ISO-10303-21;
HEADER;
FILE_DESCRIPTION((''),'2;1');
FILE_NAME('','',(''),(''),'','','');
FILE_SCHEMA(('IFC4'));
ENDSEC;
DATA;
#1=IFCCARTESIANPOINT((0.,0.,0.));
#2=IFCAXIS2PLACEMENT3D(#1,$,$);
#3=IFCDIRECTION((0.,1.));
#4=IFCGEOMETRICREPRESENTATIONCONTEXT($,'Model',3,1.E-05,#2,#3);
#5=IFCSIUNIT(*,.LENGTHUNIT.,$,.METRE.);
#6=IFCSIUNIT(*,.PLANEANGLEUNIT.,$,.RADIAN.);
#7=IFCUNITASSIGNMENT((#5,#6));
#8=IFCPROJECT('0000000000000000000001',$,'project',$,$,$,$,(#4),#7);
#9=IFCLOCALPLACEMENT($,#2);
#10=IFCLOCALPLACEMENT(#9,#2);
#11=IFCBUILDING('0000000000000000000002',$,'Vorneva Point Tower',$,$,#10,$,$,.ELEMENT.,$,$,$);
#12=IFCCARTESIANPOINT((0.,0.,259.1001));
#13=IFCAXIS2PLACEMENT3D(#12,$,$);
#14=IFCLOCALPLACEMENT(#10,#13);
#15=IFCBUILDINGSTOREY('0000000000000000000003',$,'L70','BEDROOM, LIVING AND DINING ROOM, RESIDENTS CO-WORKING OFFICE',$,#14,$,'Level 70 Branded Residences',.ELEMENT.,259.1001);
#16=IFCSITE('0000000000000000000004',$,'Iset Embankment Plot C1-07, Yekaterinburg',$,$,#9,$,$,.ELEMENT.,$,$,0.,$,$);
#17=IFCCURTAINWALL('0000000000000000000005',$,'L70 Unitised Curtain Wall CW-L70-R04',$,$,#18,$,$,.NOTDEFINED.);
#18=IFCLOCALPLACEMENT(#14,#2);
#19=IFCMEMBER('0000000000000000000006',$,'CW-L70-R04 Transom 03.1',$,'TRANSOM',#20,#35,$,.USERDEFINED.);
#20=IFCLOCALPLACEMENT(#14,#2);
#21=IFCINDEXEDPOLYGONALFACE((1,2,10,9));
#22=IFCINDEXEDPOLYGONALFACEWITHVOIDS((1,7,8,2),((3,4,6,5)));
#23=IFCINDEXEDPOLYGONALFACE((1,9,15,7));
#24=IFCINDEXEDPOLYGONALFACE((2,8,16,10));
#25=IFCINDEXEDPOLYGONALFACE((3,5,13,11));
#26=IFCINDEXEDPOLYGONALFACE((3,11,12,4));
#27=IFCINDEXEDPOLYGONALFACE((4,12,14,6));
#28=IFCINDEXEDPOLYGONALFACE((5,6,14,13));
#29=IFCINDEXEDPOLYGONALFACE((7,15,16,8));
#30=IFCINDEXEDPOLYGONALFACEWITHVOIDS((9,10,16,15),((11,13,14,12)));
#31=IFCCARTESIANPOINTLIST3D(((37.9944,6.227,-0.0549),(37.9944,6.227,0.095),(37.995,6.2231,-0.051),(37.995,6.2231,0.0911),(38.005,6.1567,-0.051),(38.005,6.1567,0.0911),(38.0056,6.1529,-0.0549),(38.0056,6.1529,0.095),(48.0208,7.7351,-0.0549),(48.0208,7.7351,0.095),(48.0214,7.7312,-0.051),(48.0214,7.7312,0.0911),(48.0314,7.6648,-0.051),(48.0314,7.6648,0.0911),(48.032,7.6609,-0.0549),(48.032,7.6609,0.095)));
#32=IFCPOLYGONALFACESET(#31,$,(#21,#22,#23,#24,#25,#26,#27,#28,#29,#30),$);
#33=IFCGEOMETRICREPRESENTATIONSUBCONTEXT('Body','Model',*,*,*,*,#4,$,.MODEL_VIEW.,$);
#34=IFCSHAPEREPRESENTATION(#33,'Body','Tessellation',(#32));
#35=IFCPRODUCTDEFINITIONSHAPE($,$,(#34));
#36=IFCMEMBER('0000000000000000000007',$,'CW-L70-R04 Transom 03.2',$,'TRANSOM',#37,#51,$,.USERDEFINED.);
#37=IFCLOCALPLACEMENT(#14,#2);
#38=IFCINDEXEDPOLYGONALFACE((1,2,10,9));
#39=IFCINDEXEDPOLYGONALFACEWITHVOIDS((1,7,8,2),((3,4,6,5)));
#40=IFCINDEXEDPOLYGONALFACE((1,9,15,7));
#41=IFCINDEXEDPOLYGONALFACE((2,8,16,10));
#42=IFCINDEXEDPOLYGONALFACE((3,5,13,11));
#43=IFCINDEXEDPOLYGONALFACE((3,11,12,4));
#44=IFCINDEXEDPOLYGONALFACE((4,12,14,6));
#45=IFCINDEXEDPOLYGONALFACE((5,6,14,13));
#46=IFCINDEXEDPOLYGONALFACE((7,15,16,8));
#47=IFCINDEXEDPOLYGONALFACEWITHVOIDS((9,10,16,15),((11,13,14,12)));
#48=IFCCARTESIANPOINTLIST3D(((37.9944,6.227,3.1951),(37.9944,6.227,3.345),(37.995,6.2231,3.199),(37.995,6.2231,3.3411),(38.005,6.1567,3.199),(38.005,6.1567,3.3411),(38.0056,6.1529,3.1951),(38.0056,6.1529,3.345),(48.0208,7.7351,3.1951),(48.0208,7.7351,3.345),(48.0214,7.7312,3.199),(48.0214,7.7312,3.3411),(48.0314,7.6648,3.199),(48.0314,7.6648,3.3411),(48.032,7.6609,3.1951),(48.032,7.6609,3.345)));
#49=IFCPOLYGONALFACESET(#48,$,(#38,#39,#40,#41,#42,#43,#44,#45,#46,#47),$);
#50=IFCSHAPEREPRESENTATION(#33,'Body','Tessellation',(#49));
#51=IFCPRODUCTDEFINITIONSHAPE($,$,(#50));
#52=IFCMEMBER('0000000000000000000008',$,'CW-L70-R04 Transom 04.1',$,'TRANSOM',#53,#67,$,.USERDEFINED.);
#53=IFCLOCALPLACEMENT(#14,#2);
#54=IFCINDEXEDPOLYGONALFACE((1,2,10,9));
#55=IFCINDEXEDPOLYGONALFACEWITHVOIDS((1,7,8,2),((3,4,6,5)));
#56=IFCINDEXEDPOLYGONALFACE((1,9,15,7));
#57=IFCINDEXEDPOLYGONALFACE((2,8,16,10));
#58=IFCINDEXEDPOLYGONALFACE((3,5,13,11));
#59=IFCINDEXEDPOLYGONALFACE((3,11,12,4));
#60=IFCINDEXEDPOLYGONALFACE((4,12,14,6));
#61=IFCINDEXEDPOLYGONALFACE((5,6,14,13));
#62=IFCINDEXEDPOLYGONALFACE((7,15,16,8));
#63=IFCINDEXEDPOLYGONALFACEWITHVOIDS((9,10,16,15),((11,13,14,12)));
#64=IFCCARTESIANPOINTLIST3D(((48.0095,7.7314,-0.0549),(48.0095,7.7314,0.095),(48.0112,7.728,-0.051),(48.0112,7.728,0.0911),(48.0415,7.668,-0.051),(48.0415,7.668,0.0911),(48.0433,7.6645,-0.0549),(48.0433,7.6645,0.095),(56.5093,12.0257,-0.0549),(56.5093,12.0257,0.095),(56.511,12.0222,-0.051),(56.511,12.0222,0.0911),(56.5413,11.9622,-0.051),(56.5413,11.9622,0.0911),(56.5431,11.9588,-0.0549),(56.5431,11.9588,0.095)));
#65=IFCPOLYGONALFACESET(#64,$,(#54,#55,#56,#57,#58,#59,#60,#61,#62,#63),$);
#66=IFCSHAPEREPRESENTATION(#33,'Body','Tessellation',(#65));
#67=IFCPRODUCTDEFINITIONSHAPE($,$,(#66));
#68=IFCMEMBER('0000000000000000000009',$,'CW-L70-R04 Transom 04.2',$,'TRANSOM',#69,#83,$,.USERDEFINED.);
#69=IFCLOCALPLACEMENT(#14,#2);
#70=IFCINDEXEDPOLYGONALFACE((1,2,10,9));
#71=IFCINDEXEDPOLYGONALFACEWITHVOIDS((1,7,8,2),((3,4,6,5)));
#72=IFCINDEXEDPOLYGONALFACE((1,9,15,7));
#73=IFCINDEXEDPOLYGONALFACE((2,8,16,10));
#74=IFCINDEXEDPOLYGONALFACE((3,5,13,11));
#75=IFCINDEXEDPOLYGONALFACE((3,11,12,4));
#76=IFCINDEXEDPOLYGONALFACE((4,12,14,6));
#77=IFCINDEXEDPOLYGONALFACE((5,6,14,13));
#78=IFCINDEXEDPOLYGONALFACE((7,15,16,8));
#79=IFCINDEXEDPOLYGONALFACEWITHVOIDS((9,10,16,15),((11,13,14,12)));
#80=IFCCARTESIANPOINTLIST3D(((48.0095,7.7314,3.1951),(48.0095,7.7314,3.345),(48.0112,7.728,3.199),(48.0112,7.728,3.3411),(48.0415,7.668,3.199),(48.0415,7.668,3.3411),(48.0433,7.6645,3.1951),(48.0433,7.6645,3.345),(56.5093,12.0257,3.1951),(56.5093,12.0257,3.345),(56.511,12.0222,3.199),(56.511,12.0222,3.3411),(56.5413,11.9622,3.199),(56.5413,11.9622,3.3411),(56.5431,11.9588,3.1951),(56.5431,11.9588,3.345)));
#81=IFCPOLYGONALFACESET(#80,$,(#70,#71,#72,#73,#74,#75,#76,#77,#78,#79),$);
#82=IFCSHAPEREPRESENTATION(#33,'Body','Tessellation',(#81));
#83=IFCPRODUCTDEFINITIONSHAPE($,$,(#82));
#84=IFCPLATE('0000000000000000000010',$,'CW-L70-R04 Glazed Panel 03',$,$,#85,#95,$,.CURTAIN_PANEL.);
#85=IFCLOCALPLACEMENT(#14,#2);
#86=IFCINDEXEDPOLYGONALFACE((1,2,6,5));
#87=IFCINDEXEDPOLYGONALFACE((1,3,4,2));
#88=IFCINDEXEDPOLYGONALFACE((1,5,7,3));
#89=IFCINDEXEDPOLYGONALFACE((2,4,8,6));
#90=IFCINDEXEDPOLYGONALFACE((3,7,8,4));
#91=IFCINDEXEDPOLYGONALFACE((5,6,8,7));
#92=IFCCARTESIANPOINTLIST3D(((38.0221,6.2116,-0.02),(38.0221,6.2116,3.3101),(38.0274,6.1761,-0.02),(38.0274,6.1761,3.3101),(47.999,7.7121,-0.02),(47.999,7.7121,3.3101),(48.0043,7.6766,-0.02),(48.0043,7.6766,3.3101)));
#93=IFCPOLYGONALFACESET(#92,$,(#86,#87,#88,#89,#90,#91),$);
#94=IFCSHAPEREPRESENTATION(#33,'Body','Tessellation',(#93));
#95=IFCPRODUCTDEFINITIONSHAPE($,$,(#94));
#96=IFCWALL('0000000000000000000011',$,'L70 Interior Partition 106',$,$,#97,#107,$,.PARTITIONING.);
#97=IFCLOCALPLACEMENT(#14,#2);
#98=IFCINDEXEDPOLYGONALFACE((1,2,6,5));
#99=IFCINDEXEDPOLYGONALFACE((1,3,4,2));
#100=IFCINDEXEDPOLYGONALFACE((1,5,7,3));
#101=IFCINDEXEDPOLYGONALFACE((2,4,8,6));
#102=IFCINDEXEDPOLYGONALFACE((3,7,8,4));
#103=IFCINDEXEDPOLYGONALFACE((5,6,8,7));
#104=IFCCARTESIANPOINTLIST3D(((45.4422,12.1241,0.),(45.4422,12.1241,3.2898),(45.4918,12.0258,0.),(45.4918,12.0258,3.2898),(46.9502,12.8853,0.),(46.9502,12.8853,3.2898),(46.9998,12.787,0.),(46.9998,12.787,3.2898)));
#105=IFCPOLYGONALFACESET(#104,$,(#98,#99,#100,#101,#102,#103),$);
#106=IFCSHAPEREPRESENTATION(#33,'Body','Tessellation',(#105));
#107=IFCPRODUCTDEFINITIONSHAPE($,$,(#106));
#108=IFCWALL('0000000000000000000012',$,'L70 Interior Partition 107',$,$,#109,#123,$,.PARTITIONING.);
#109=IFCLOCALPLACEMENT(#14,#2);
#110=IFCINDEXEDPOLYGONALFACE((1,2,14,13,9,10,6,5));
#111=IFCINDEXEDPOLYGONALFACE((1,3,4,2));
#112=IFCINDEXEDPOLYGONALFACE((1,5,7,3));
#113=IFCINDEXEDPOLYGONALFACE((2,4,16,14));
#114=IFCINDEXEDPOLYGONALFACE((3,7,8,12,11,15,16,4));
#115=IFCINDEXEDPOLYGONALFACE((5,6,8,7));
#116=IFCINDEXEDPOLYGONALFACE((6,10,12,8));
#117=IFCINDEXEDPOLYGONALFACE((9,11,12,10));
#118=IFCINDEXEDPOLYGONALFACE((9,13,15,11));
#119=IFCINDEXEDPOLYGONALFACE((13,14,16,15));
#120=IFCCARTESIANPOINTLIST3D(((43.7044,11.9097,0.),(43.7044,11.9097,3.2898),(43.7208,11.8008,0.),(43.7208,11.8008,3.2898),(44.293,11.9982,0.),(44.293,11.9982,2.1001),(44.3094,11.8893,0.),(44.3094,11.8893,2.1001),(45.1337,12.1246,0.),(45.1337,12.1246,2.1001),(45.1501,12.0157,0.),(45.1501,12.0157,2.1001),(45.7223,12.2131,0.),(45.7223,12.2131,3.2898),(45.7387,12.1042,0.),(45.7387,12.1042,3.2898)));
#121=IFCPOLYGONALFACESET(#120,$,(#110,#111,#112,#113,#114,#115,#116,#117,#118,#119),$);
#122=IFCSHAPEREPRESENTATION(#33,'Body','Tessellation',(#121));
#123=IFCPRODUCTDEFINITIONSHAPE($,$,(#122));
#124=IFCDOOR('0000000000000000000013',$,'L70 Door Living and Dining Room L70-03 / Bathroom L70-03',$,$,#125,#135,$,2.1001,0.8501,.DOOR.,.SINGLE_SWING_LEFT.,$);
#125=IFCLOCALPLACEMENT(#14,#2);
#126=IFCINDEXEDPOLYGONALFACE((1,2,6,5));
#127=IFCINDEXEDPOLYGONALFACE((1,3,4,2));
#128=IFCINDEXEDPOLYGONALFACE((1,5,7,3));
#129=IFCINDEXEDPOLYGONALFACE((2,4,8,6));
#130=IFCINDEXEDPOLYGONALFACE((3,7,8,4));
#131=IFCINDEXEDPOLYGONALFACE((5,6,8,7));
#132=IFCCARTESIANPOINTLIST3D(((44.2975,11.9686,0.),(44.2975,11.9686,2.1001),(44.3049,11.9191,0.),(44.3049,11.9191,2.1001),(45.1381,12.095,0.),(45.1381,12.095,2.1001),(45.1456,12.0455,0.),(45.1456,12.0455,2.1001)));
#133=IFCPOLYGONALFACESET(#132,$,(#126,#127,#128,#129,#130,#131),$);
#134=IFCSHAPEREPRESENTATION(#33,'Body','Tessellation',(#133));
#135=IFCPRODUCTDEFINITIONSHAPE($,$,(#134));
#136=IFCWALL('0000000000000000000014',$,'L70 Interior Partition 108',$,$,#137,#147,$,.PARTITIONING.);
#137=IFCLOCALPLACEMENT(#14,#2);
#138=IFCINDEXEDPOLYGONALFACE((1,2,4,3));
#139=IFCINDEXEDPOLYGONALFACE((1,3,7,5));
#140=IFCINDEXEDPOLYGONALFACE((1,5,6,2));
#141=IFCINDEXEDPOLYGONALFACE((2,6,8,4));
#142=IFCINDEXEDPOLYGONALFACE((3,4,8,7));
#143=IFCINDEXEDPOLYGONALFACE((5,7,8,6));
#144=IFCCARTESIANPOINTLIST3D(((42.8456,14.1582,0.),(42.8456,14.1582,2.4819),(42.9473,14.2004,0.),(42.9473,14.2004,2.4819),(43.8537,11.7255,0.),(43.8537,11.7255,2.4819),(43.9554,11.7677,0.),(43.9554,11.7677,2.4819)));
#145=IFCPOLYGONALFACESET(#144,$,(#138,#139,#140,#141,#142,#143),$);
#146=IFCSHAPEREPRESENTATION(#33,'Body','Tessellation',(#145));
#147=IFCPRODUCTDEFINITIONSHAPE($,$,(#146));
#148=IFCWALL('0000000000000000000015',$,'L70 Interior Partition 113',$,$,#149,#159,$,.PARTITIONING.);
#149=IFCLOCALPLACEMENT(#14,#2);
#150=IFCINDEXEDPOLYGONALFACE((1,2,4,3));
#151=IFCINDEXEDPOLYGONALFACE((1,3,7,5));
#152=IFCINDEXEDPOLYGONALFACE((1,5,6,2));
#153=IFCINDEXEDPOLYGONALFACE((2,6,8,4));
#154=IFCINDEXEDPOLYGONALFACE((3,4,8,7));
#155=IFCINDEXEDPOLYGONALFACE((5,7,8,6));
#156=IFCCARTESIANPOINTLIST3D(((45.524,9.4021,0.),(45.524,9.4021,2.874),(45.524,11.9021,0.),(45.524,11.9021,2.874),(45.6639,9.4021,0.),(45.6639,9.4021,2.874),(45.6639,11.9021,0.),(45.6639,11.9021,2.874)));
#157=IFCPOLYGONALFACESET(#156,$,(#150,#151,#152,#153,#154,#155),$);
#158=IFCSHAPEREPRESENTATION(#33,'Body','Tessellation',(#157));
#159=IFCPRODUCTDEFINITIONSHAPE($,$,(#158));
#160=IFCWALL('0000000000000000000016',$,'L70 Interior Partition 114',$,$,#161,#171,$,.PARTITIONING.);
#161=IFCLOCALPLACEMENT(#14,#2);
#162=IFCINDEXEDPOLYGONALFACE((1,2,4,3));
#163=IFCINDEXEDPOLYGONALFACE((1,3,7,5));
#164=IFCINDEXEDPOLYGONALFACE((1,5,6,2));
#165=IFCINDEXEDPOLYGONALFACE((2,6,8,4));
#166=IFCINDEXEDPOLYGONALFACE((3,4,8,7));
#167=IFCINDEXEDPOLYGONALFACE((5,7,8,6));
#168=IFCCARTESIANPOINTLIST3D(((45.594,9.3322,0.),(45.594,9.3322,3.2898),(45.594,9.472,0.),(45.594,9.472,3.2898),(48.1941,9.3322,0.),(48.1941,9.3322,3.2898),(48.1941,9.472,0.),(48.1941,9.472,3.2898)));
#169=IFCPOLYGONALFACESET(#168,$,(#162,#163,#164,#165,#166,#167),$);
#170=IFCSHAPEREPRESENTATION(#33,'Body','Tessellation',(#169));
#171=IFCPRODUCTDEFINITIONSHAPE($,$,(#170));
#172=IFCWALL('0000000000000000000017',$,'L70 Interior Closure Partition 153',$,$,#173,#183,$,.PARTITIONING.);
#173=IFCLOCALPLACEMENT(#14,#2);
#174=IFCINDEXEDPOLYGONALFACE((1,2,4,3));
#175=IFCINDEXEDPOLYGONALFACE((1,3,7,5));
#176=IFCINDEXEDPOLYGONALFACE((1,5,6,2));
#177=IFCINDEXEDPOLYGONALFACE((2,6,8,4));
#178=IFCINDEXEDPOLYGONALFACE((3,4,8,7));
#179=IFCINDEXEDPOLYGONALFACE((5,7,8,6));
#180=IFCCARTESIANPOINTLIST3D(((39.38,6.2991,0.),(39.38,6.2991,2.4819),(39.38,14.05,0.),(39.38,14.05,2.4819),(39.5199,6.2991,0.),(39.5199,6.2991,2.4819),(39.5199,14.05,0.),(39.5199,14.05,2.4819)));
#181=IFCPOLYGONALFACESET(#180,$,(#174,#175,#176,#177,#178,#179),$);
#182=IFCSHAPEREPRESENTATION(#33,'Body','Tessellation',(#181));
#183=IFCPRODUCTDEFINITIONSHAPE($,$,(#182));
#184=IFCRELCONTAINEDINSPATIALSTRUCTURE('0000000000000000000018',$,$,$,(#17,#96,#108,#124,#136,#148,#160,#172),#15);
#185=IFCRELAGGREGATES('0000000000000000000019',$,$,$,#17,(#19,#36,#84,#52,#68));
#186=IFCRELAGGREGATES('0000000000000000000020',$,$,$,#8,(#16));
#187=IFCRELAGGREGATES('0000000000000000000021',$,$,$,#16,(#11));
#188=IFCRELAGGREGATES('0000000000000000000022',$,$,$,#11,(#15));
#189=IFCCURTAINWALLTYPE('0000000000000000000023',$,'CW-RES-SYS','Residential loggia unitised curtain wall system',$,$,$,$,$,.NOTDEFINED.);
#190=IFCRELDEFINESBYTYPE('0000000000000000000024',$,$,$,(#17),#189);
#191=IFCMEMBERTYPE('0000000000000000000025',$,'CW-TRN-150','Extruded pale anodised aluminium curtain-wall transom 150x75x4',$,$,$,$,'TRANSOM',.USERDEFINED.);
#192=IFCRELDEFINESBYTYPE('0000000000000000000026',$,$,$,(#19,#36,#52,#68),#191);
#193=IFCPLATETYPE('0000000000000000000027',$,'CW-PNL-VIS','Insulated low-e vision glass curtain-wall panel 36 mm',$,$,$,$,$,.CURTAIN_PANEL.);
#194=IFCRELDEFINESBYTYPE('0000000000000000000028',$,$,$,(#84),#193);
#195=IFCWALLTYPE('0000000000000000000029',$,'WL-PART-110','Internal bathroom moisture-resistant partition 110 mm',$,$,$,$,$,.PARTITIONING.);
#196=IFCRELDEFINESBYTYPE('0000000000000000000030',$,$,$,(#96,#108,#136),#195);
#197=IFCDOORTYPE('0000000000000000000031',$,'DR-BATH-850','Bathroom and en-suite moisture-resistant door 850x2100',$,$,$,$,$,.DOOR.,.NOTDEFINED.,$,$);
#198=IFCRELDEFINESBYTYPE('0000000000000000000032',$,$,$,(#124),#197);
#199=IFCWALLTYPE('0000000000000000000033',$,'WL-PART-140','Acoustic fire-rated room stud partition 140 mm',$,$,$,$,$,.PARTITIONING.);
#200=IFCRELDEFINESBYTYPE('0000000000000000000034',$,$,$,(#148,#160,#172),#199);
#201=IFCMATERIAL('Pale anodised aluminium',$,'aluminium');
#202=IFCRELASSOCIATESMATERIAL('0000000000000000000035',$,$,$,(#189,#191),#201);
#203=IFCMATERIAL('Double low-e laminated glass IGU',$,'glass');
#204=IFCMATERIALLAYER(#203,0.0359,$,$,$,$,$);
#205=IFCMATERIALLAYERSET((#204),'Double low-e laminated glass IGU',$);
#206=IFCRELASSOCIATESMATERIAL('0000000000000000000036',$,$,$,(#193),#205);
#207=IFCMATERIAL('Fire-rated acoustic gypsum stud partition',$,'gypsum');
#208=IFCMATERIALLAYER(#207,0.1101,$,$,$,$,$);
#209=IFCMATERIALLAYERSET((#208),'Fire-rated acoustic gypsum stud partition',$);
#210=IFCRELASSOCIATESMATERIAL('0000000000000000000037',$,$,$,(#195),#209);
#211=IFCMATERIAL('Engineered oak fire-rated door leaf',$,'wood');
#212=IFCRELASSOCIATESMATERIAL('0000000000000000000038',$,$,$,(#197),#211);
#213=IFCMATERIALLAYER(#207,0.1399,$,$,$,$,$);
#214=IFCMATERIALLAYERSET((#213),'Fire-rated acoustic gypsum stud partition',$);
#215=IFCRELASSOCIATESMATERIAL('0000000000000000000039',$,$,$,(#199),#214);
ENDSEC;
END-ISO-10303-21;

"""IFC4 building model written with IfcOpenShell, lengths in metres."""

from ifc_helpers import new_model, si_unit, direction, frame, frame_2d, origin, origin_2d, place, context, subcontext, project, spatial, rectangle, hollow_rectangle, extrude, material, layer, layer_set, material_profile, profile_set, type_object, element, fill, aggregate, save


model = new_model("IFC4")

# Units and contexts
model_context = context("Model", 3, precision=1e-05, world=origin(), true_north=direction((0.0, 1.0)))
body_context = subcontext(model_context, "Body", "Model", "MODEL_VIEW")
ifc_project = project(units=[si_unit("LENGTHUNIT", "METRE"), si_unit("PLANEANGLEUNIT", "RADIAN")], contexts=[model_context])

# Site, building, storey
site_placement = place(None, origin())
site = spatial("IfcSite", under=ifc_project, at=site_placement, Name="Iset Embankment Plot C1-07, Yekaterinburg", CompositionType="ELEMENT", RefElevation=0.0)
building_placement = place(site_placement, origin())
building = spatial("IfcBuilding", under=site, at=building_placement, Name="Vorneva Point Tower", CompositionType="ELEMENT")
storey_placement = place(building_placement, frame((0.0, 0.0, 259.1001)))
storey = spatial("IfcBuildingStorey", under=building, at=storey_placement, Name="L70", Description="BEDROOM, LIVING AND DINING ROOM, RESIDENTS CO-WORKING OFFICE", LongName="Level 70 Branded Residences", CompositionType="ELEMENT", Elevation=259.1001)

# Curtain wall, members, plate
ifc_material_1 = material(Name="Pale anodised aluminium", Category="aluminium")
curtain_wall_type = type_object("IfcCurtainWallType", Name="CW-RES-SYS", Description="Residential loggia unitised curtain wall system", PredefinedType="NOTDEFINED", material=ifc_material_1)
curtain_wall_placement = place(storey_placement, origin())
curtain_wall = element("IfcCurtainWall", 1, at=curtain_wall_placement, inside=storey, type_object=curtain_wall_type, Name="L70 Unitised Curtain Wall CW-L70-R04", PredefinedType="NOTDEFINED")
ifc_material_profile_1 = material_profile(ifc_material_1, hollow_rectangle(XDim=0.075, YDim=0.1499, WallThickness=0.0039, at=origin_2d()), Name="AL-TRN 150x75x4")
ifc_profile_set_1 = profile_set([ifc_material_profile_1], Name="Pale anodised aluminium")
member_type_1 = type_object("IfcMemberType", Name="CW-TRN-150", Description="Extruded pale anodised aluminium curtain-wall transom 150x75x4", ElementType="TRANSOM", PredefinedType="USERDEFINED", material=ifc_profile_set_1)
member_1_placement = place(storey_placement, frame((38.0, 6.1899, 0.02), z_axis=(0.988877, 0.148736, 0.0), x_axis=(-0.148736, 0.988877, 0.0)))
member_1 = element("IfcMember", 2, at=member_1_placement, type_object=member_type_1, Name="CW-L70-R04 Transom 03.1", ObjectType="TRANSOM", PredefinedType="USERDEFINED", context=body_context, shape_type="SweptSolid", body=[
    extrude(hollow_rectangle(XDim=0.075, YDim=0.1499, WallThickness=0.0039, at=origin_2d()), origin(), (0.0, 0.0, 1.0), 10.1392),
])
member_2_placement = place(storey_placement, frame((38.0, 6.1899, 3.27), z_axis=(0.988877, 0.148736, 0.0), x_axis=(-0.148736, 0.988877, 0.0)))
member_2 = element("IfcMember", 3, at=member_2_placement, type_object=member_type_1, Name="CW-L70-R04 Transom 03.2", ObjectType="TRANSOM", PredefinedType="USERDEFINED", context=body_context, shape_type="SweptSolid", body=[
    extrude(hollow_rectangle(XDim=0.075, YDim=0.1499, WallThickness=0.0039, at=origin_2d()), origin(), (0.0, 0.0, 1.0), 10.1392),
])
member_3_placement = place(storey_placement, frame((48.0264, 7.698, 0.02), z_axis=(0.892558, 0.450932, 0.0), x_axis=(-0.450932, 0.892558, 0.0)))
member_3 = element("IfcMember", 4, at=member_3_placement, type_object=member_type_1, Name="CW-L70-R04 Transom 04.1", ObjectType="TRANSOM", PredefinedType="USERDEFINED", context=body_context, shape_type="SweptSolid", body=[
    extrude(hollow_rectangle(XDim=0.075, YDim=0.1499, WallThickness=0.0039, at=origin_2d()), origin(), (0.0, 0.0, 1.0), 9.5229),
])
member_4_placement = place(storey_placement, frame((48.0264, 7.698, 3.27), z_axis=(0.892558, 0.450932, 0.0), x_axis=(-0.450932, 0.892558, 0.0)))
member_4 = element("IfcMember", 5, at=member_4_placement, type_object=member_type_1, Name="CW-L70-R04 Transom 04.2", ObjectType="TRANSOM", PredefinedType="USERDEFINED", context=body_context, shape_type="SweptSolid", body=[
    extrude(hollow_rectangle(XDim=0.075, YDim=0.1499, WallThickness=0.0039, at=origin_2d()), origin(), (0.0, 0.0, 1.0), 9.5229),
])
ifc_material_2 = material(Name="Double low-e laminated glass IGU", Category="glass")
ifc_layer_1 = layer(ifc_material_2, 0.0359)
ifc_layer_set_1 = layer_set([ifc_layer_1], Name="Double low-e laminated glass IGU")
plate_type = type_object("IfcPlateType", Name="CW-PNL-VIS", Description="Insulated low-e vision glass curtain-wall panel 36 mm", PredefinedType="CURTAIN_PANEL", material=ifc_layer_set_1)
plate_placement = place(storey_placement, frame((43.0132, 6.9441, -0.02), z_axis=(0.0, 0.0, 1.0), x_axis=(0.988879, 0.148724, 0.0)))
plate = element("IfcPlate", 6, at=plate_placement, type_object=plate_type, Name="CW-L70-R04 Glazed Panel 03", PredefinedType="CURTAIN_PANEL", context=body_context, shape_type="SweptSolid", body=[
    extrude(rectangle(XDim=10.0891, YDim=0.0359, at=origin_2d()), origin(), (0.0, 0.0, 1.0), 3.3301),
])
aggregate(curtain_wall, [member_1, member_2, plate, member_3, member_4])

# Wall
ifc_material_3 = material(Name="Fire-rated acoustic gypsum stud partition", Category="gypsum")
ifc_layer_2 = layer(ifc_material_3, 0.1101)
ifc_layer_set_2 = layer_set([ifc_layer_2], Name="Fire-rated acoustic gypsum stud partition")
wall_type_1 = type_object("IfcWallType", Name="WL-PART-110", Description="Internal bathroom moisture-resistant partition 110 mm", PredefinedType="PARTITIONING", material=ifc_layer_set_2)
wall_1_placement = place(storey_placement, frame((46.9751, 12.8362, 0.0), z_axis=(0.0, 0.0, 1.0), x_axis=(-0.892715, -0.450621, 0.0)))
element("IfcWall", 7, at=wall_1_placement, inside=storey, type_object=wall_type_1, Name="L70 Interior Partition 106", PredefinedType="PARTITIONING", context=body_context, shape_type="SweptSolid", body=[
    extrude(rectangle(XDim=1.6892, YDim=0.1101, at=frame_2d((0.8447, 0.0))), origin(), (0.0, 0.0, 1.0), 3.2898),
])

# Wall, opening, door
wall_2_placement = place(storey_placement, frame((45.7305, 12.1587, 0.0), z_axis=(0.0, 0.0, 1.0), x_axis=(-0.988879, -0.148721, 0.0)))
wall_2 = element("IfcWall", 8, at=wall_2_placement, inside=storey, type_object=wall_type_1, Name="L70 Interior Partition 107", PredefinedType="PARTITIONING", context=body_context, shape_type="SweptSolid", body=[
    extrude(rectangle(XDim=2.0405, YDim=0.1101, at=frame_2d((1.0203, 0.0))), origin(), (0.0, 0.0, 1.0), 3.2898),
])
opening_1_placement = place(wall_2_placement, frame((0.5952, 0.0, 0.0)))
opening_1 = element("IfcOpeningElement", 9, at=opening_1_placement, cuts=wall_2, PredefinedType="OPENING", context=body_context, shape_type="SweptSolid", body=[
    extrude(rectangle(XDim=0.8501, YDim=2.1001, at=frame_2d((0.425, 1.05))), frame((0.0, 0.0698, 0.0), z_axis=(0.0, -1.0, 0.0), x_axis=(1.0, 0.0, 0.0)), (0.0, 0.0, 1.0), 0.1399),
])
ifc_material_4 = material(Name="Engineered oak fire-rated door leaf", Category="wood")
door_type_1 = type_object("IfcDoorType", Name="DR-BATH-850", Description="Bathroom and en-suite moisture-resistant door 850x2100", OperationType="NOTDEFINED", PredefinedType="DOOR", material=ifc_material_4)
door_1_placement = place(opening_1_placement, origin())
door_1 = element("IfcDoor", 10, at=door_1_placement, inside=storey, type_object=door_type_1, Name="L70 Door Living and Dining Room L70-03 / Bathroom L70-03", OperationType="SINGLE_SWING_LEFT", OverallHeight=2.1001, OverallWidth=0.8501, PredefinedType="DOOR", context=body_context, shape_type="SweptSolid", body=[
    extrude(rectangle(XDim=0.8501, YDim=2.1001, at=frame_2d((0.425, 1.05))), frame((0.0, 0.0249, 0.0), z_axis=(0.0, -1.0, 0.0), x_axis=(1.0, 0.0, 0.0)), (0.0, 0.0, 1.0), 0.05),
])
fill(opening_1, door_1)

# Walls
wall_3_placement = place(storey_placement, frame((43.9045, 11.7466, 0.0), z_axis=(0.0, 0.0, 1.0), x_axis=(-0.382824, 0.923821, 0.0)))
element("IfcWall", 11, at=wall_3_placement, inside=storey, type_object=wall_type_1, Name="L70 Interior Partition 108", PredefinedType="PARTITIONING", context=body_context, shape_type="SweptSolid", body=[
    extrude(rectangle(XDim=2.6333, YDim=0.1101, at=frame_2d((1.3167, 0.0))), origin(), (0.0, 0.0, 1.0), 2.4819),
])
ifc_layer_3 = layer(ifc_material_3, 0.1399)
ifc_layer_set_3 = layer_set([ifc_layer_3], Name="Fire-rated acoustic gypsum stud partition")
wall_type_2 = type_object("IfcWallType", Name="WL-PART-140", Description="Acoustic fire-rated room stud partition 140 mm", PredefinedType="PARTITIONING", material=ifc_layer_set_3)
wall_4_placement = place(storey_placement, frame((45.594, 11.9021, 0.0), z_axis=(0.0, 0.0, 1.0), x_axis=(0.0, -1.0, 0.0)))
element("IfcWall", 12, at=wall_4_placement, inside=storey, type_object=wall_type_2, Name="L70 Interior Partition 113", PredefinedType="PARTITIONING", context=body_context, shape_type="SweptSolid", body=[
    extrude(rectangle(XDim=2.5, YDim=0.1399, at=frame_2d((1.25, 0.0))), origin(), (0.0, 0.0, 1.0), 2.874),
])
wall_5_placement = place(storey_placement, frame((45.594, 9.4021, 0.0), z_axis=(0.0, 0.0, 1.0), x_axis=(1.0, 0.0, 0.0)))
element("IfcWall", 13, at=wall_5_placement, inside=storey, type_object=wall_type_2, Name="L70 Interior Partition 114", PredefinedType="PARTITIONING", context=body_context, shape_type="SweptSolid", body=[
    extrude(rectangle(XDim=2.6001, YDim=0.1399, at=frame_2d((1.3, 0.0))), origin(), (0.0, 0.0, 1.0), 3.2898),
])
wall_6_placement = place(storey_placement, frame((39.45, 6.2991, 0.0), z_axis=(0.0, 0.0, 1.0), x_axis=(0.0, 1.0, 0.0)))
element("IfcWall", 14, at=wall_6_placement, inside=storey, type_object=wall_type_2, Name="L70 Interior Closure Partition 153", PredefinedType="PARTITIONING", context=body_context, shape_type="SweptSolid", body=[
    extrude(rectangle(XDim=7.751, YDim=0.1399, at=frame_2d((3.8755, 0.0))), origin(), (0.0, 0.0, 1.0), 2.4819),
])

save(model, "model.ifc")
